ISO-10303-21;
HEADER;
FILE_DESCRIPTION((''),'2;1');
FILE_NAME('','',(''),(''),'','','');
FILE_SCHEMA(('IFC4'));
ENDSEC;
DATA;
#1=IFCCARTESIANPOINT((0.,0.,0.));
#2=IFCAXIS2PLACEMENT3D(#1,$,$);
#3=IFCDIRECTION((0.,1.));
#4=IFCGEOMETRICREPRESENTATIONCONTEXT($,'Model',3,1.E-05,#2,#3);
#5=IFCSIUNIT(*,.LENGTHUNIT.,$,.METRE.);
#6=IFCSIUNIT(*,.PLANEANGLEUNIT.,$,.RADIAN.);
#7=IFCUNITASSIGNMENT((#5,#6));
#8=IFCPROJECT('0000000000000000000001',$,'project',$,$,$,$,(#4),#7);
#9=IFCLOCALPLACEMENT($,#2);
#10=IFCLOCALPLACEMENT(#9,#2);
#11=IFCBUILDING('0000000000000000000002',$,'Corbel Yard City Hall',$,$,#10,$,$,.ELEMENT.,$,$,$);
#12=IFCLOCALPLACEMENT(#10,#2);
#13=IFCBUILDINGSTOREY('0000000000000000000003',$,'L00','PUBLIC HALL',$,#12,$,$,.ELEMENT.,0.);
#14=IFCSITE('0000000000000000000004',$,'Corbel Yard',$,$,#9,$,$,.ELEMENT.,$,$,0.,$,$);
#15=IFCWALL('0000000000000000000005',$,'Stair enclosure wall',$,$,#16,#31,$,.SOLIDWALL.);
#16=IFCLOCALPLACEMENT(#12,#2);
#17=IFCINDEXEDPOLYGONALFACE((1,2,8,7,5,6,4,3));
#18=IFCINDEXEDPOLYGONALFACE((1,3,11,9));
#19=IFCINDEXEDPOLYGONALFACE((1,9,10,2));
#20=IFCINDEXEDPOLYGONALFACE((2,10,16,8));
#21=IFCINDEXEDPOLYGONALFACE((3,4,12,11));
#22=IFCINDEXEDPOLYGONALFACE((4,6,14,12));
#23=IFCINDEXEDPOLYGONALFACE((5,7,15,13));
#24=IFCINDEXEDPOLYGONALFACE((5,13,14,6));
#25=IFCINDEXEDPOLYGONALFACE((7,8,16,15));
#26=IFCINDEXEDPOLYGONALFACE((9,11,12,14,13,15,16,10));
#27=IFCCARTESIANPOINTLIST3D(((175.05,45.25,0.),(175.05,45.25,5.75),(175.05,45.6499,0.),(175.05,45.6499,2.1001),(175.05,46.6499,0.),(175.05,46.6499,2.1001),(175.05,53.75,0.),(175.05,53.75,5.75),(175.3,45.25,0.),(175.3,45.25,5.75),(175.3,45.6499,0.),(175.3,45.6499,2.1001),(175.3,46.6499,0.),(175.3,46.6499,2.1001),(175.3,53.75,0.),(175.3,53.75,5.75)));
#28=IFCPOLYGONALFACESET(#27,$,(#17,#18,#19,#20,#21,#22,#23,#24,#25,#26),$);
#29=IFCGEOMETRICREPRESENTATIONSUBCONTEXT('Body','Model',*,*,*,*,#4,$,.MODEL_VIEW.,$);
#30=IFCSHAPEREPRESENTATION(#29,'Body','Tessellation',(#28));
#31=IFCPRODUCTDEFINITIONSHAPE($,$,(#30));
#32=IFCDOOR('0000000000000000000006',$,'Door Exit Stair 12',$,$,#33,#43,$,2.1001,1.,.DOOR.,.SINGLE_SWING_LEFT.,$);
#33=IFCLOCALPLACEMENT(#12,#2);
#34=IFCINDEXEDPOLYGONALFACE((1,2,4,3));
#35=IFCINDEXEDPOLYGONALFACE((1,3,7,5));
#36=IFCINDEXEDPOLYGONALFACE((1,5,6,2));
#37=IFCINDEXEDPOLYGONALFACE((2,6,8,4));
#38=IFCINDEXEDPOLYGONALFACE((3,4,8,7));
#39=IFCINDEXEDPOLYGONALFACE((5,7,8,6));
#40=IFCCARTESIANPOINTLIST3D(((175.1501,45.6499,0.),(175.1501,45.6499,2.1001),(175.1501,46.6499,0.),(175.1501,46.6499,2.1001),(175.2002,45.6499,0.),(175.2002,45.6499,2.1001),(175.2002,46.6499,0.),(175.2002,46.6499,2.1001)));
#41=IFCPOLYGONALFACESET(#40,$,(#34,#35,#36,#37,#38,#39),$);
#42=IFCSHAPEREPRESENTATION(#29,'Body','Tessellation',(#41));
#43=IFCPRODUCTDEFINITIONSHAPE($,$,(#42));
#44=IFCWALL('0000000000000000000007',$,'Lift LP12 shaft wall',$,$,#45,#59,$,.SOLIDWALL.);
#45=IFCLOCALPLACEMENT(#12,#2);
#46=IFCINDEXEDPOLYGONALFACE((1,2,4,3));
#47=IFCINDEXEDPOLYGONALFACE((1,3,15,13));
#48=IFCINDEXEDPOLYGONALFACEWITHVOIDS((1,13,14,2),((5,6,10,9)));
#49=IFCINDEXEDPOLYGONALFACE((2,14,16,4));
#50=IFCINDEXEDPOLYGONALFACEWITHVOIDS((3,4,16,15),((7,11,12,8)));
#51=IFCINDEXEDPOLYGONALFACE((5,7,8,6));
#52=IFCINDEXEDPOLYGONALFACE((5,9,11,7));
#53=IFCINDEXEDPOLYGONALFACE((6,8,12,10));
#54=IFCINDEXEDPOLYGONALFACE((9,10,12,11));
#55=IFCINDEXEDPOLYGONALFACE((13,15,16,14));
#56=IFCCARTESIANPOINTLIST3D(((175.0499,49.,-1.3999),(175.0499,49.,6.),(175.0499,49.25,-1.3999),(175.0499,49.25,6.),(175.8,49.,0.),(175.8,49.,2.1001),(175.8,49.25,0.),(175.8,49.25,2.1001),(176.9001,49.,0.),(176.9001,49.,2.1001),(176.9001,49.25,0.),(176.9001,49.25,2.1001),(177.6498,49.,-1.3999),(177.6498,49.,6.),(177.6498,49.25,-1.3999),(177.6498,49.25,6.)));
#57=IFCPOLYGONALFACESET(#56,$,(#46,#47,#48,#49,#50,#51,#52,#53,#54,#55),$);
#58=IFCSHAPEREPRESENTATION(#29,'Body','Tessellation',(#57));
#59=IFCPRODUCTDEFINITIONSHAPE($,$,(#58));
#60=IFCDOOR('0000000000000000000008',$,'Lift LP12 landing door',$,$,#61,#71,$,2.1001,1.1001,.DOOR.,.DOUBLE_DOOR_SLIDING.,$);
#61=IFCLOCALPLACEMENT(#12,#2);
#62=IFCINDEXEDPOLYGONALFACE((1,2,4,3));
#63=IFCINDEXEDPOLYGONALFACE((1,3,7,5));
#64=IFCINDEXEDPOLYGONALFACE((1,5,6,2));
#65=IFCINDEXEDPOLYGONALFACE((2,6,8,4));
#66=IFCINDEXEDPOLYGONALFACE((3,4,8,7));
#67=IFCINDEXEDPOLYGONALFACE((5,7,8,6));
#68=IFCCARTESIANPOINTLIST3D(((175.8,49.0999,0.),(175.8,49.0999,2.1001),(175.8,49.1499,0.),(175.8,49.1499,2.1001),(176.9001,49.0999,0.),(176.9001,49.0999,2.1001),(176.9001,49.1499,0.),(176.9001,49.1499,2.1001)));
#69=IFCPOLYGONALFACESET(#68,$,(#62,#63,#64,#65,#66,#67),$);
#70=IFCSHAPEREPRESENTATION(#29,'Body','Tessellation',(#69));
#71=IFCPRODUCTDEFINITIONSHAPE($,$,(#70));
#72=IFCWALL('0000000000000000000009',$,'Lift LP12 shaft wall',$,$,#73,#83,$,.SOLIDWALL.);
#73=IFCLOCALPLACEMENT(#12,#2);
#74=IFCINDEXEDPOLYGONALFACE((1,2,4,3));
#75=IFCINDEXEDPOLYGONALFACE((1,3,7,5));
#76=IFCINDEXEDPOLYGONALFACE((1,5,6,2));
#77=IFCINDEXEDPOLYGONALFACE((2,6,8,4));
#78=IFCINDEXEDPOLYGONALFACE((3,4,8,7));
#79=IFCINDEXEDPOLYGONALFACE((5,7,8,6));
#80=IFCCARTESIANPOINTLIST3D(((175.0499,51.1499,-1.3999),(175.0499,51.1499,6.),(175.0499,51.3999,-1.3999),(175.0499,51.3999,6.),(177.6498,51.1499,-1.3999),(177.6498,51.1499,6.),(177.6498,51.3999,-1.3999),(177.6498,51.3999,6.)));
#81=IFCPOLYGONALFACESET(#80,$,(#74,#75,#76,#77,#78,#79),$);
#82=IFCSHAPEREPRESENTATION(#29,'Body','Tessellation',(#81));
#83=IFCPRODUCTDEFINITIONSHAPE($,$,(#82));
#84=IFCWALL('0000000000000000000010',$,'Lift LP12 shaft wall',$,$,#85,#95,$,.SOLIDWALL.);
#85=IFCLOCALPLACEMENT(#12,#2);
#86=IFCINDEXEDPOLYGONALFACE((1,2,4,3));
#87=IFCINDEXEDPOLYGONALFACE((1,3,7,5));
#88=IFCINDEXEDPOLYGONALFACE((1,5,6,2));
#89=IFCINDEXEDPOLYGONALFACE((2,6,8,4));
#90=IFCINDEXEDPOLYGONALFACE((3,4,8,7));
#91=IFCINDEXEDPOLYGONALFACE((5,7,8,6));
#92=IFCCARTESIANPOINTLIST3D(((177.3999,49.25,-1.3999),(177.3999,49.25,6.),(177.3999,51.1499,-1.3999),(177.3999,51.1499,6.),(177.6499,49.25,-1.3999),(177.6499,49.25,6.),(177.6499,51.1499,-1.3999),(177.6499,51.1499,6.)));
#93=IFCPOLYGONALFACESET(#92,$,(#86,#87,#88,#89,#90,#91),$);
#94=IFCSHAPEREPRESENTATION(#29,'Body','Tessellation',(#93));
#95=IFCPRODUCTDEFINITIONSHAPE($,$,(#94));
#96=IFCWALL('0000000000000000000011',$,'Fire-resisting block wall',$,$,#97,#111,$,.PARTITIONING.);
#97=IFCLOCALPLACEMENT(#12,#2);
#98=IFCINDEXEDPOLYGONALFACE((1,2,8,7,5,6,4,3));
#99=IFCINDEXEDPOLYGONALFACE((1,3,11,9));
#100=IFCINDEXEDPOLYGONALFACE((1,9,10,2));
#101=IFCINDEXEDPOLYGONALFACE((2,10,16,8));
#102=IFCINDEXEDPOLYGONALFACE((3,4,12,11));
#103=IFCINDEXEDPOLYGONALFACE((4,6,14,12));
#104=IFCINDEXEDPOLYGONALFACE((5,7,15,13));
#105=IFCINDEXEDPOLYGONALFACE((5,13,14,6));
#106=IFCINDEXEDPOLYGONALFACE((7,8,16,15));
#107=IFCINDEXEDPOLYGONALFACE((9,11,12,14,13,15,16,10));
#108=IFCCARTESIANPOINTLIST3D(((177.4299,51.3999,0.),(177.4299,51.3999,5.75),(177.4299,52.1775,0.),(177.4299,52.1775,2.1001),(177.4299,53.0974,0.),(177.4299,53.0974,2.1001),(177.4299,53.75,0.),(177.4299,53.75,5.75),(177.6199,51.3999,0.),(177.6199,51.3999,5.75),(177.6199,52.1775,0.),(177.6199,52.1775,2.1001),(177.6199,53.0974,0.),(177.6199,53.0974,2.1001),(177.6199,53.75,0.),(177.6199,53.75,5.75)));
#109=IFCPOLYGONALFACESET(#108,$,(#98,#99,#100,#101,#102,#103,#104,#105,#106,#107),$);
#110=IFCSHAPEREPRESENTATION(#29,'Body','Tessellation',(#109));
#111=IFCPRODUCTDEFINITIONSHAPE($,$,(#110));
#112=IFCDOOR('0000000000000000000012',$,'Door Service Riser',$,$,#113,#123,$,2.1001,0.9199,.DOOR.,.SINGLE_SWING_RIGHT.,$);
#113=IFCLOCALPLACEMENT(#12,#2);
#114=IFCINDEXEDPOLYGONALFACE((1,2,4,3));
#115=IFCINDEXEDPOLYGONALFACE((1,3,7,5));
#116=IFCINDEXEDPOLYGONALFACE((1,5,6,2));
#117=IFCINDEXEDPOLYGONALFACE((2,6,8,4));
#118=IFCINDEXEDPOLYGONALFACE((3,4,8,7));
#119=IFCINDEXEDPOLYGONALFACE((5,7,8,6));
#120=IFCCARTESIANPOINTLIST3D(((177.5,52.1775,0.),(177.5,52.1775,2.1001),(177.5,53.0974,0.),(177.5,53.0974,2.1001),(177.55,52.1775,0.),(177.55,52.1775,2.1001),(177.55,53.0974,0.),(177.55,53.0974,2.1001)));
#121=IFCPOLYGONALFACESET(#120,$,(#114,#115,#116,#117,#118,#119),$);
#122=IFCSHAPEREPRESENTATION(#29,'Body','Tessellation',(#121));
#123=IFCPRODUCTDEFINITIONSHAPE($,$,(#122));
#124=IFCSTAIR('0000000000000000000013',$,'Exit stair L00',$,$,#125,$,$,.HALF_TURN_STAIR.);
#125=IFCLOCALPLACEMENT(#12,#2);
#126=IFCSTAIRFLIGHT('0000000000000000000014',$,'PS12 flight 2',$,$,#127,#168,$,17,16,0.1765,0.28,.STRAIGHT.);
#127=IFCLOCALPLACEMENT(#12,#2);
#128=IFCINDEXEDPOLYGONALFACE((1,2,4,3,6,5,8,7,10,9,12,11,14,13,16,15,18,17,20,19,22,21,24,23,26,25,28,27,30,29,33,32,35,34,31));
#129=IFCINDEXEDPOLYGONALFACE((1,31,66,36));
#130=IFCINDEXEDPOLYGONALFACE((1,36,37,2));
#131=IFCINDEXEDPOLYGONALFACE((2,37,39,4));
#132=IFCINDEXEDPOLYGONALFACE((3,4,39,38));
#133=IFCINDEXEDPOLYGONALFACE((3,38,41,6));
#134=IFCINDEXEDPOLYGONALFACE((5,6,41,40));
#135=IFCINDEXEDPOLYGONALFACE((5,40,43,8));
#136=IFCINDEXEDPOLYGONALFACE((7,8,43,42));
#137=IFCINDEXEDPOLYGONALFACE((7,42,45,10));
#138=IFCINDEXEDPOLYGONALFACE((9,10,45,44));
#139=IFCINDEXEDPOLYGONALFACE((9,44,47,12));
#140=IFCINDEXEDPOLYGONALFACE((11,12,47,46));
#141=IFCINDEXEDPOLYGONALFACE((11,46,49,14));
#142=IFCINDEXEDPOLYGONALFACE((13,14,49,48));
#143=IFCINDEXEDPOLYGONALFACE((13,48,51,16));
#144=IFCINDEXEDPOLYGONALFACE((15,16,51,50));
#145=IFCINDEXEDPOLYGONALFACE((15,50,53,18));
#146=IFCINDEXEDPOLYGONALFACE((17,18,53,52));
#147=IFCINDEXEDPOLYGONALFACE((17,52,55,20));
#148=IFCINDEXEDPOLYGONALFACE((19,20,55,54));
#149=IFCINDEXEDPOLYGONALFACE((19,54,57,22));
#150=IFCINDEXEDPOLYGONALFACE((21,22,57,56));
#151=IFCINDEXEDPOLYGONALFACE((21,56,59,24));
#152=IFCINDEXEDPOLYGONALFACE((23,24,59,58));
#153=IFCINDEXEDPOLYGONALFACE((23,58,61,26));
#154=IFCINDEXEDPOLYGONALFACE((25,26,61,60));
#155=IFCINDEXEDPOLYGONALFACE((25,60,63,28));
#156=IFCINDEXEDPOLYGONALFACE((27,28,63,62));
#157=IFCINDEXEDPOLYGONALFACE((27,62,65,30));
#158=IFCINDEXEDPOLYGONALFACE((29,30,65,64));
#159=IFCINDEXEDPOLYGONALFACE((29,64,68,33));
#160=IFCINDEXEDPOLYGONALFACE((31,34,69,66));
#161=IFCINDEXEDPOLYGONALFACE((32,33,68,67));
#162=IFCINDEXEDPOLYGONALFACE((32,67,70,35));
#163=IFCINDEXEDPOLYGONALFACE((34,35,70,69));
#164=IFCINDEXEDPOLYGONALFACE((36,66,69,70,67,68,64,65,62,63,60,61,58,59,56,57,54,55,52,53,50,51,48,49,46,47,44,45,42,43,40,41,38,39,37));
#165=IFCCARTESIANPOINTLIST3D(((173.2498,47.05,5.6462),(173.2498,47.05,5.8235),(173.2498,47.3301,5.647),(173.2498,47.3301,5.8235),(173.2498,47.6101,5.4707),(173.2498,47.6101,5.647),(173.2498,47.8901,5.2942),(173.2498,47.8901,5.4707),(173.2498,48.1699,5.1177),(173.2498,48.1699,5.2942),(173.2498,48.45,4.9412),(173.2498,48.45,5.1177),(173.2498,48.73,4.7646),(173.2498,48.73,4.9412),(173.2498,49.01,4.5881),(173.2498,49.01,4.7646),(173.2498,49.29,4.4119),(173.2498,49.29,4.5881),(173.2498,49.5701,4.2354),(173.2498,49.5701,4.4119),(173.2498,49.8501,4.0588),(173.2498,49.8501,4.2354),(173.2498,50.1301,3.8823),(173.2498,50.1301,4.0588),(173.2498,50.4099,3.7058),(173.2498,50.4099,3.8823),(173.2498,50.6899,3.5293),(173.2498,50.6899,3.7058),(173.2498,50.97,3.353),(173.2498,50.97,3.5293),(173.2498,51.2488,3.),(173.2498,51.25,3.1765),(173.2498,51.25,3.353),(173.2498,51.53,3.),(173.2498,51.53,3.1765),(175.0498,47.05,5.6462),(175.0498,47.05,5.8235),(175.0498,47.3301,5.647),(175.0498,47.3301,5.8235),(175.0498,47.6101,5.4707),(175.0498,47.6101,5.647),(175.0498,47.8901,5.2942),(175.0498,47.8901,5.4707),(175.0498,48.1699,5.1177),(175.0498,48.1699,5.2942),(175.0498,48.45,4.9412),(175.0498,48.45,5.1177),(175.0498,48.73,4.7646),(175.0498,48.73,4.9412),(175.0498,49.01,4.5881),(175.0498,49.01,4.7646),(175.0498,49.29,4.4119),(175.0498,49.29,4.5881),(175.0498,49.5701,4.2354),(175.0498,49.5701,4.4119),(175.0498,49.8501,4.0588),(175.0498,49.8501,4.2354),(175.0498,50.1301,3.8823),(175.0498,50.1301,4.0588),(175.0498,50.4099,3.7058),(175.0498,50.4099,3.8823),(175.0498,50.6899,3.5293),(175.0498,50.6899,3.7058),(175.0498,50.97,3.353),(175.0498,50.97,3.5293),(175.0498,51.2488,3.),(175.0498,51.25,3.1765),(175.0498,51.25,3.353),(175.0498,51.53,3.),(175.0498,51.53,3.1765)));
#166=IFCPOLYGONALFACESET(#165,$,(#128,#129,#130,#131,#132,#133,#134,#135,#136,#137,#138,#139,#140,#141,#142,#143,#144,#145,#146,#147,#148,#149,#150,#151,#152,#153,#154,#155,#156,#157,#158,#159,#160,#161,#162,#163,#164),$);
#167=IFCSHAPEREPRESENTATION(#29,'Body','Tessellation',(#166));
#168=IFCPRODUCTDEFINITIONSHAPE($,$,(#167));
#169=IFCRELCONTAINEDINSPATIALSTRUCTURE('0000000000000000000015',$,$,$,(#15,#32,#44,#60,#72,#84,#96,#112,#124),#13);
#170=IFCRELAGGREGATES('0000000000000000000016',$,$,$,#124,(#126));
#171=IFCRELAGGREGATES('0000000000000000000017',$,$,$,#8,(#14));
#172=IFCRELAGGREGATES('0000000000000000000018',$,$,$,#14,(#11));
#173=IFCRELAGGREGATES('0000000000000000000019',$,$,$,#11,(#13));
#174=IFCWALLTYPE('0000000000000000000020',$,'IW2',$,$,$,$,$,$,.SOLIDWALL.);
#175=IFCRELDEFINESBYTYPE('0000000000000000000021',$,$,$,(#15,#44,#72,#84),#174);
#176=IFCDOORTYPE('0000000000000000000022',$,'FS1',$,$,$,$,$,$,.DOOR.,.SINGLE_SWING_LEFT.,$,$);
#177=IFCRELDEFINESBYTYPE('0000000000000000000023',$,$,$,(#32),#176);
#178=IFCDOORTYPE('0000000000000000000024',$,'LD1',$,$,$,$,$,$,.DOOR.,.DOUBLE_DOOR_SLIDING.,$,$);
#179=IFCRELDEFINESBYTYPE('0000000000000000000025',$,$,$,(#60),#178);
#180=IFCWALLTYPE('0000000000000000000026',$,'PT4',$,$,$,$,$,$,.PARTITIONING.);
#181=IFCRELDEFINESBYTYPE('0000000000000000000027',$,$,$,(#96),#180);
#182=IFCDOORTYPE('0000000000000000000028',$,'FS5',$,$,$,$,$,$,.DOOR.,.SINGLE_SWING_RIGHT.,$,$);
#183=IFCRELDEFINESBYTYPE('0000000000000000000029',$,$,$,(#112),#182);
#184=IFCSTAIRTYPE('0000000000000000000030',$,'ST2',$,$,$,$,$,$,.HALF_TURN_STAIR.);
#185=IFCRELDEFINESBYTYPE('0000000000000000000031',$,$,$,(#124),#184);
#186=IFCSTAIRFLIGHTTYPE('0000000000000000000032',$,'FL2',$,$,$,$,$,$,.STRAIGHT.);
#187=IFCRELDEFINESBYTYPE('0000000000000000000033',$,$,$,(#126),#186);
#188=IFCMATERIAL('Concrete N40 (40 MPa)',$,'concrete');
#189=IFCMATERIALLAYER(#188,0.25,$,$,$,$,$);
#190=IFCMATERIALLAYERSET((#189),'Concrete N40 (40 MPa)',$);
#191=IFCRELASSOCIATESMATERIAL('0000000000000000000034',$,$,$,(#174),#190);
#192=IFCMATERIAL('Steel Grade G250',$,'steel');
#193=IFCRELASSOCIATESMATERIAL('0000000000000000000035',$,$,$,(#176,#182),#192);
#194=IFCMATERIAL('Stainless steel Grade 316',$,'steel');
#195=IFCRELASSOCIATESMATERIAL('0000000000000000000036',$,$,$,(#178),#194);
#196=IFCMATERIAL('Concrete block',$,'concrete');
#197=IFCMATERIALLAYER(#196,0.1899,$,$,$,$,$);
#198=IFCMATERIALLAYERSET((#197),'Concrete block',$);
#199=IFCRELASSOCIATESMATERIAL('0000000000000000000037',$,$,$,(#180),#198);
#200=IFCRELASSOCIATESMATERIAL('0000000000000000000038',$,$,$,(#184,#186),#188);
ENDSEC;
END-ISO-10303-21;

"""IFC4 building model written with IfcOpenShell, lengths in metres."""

from ifc_helpers import new_model, si_unit, direction, frame, frame_2d, origin, place, context, subcontext, project, spatial, polyline, rectangle, outline, extrude, material, layer, layer_set, type_object, element, fill, aggregate, save


model = new_model("IFC4")

# Units and contexts
model_context = context("Model", 3, precision=1e-05, world=origin(), true_north=direction((0.0, 1.0)))
body_context = subcontext(model_context, "Body", "Model", "MODEL_VIEW")
ifc_project = project(units=[si_unit("LENGTHUNIT", "METRE"), si_unit("PLANEANGLEUNIT", "RADIAN")], contexts=[model_context])

# Site, building, storey
site_placement = place(None, origin())
site = spatial("IfcSite", under=ifc_project, at=site_placement, Name="Corbel Yard", CompositionType="ELEMENT", RefElevation=0.0)
building_placement = place(site_placement, origin())
building = spatial("IfcBuilding", under=site, at=building_placement, Name="Corbel Yard City Hall", CompositionType="ELEMENT")
storey_placement = place(building_placement, origin())
storey = spatial("IfcBuildingStorey", under=building, at=storey_placement, Name="L00", Description="PUBLIC HALL", CompositionType="ELEMENT", Elevation=0.0)

# Shared definitions
ifc_material_1 = material(Name="Concrete N40 (40 MPa)", Category="concrete")

# Walls, openings, doors
ifc_layer_1 = layer(ifc_material_1, 0.25)
ifc_layer_set_1 = layer_set([ifc_layer_1], Name="Concrete N40 (40 MPa)")
wall_type_1 = type_object("IfcWallType", Name="IW2", PredefinedType="SOLIDWALL", material=ifc_layer_set_1)
wall_1_placement = place(storey_placement, frame((175.175, 45.25, 0.0), z_axis=(0.0, 0.0, 1.0), x_axis=(0.0, 1.0, 0.0)))
wall_1 = element("IfcWall", 1, at=wall_1_placement, inside=storey, type_object=wall_type_1, Name="Stair enclosure wall", PredefinedType="SOLIDWALL", context=body_context, shape_type="SweptSolid", body=[
    extrude(rectangle(XDim=8.5, YDim=0.25, at=frame_2d((4.25, 0.0))), origin(), (0.0, 0.0, 1.0), 5.75),
])
opening_1_placement = place(wall_1_placement, frame((0.3999, 0.0, 0.0)))
opening_1 = element("IfcOpeningElement", 2, at=opening_1_placement, cuts=wall_1, PredefinedType="OPENING", context=body_context, shape_type="SweptSolid", body=[
    extrude(rectangle(XDim=1.0, YDim=2.1001, at=frame_2d((0.5, 1.05))), frame((0.0, 0.135, 0.0), z_axis=(0.0, -1.0, 0.0), x_axis=(1.0, 0.0, 0.0)), (0.0, 0.0, 1.0), 0.27),
])
ifc_material_2 = material(Name="Steel Grade G250", Category="steel")
door_type_1 = type_object("IfcDoorType", Name="FS1", OperationType="SINGLE_SWING_LEFT", PredefinedType="DOOR", material=ifc_material_2)
door_1_placement = place(opening_1_placement, origin())
door_1 = element("IfcDoor", 3, at=door_1_placement, inside=storey, type_object=door_type_1, Name="Door Exit Stair 12", OperationType="SINGLE_SWING_LEFT", OverallHeight=2.1001, OverallWidth=1.0, PredefinedType="DOOR", context=body_context, shape_type="SweptSolid", body=[
    extrude(rectangle(XDim=1.0, YDim=2.1001, at=frame_2d((0.5, 1.05))), frame((0.0, 0.0249, 0.0), z_axis=(0.0, -1.0, 0.0), x_axis=(1.0, 0.0, 0.0)), (0.0, 0.0, 1.0), 0.05),
])
fill(opening_1, door_1)
wall_2_placement = place(storey_placement, frame((175.05, 49.125, -1.3999), z_axis=(0.0, 0.0, 1.0), x_axis=(1.0, 0.0, 0.0)))
wall_2 = element("IfcWall", 4, at=wall_2_placement, inside=storey, type_object=wall_type_1, Name="Lift LP12 shaft wall", PredefinedType="SOLIDWALL", context=body_context, shape_type="SweptSolid", body=[
    extrude(rectangle(XDim=2.5999, YDim=0.25, at=frame_2d((1.2998, 0.0))), origin(), (0.0, 0.0, 1.0), 7.3999),
])
opening_2_placement = place(wall_2_placement, frame((0.75, 0.0, 1.3999)))
opening_2 = element("IfcOpeningElement", 5, at=opening_2_placement, cuts=wall_2, PredefinedType="OPENING", context=body_context, shape_type="SweptSolid", body=[
    extrude(rectangle(XDim=1.1001, YDim=2.1001, at=frame_2d((0.55, 1.05))), frame((0.0, 0.135, 0.0), z_axis=(0.0, -1.0, 0.0), x_axis=(1.0, 0.0, 0.0)), (0.0, 0.0, 1.0), 0.27),
])
ifc_material_3 = material(Name="Stainless steel Grade 316", Category="steel")
door_type_2 = type_object("IfcDoorType", Name="LD1", OperationType="DOUBLE_DOOR_SLIDING", PredefinedType="DOOR", material=ifc_material_3)
door_2_placement = place(opening_2_placement, origin())
door_2 = element("IfcDoor", 6, at=door_2_placement, inside=storey, type_object=door_type_2, Name="Lift LP12 landing door", OperationType="DOUBLE_DOOR_SLIDING", OverallHeight=2.1001, OverallWidth=1.1001, PredefinedType="DOOR", context=body_context, shape_type="SweptSolid", body=[
    extrude(rectangle(XDim=1.1001, YDim=2.1001, at=frame_2d((0.55, 1.05))), frame((0.0, 0.0249, 0.0), z_axis=(0.0, -1.0, 0.0), x_axis=(1.0, 0.0, 0.0)), (0.0, 0.0, 1.0), 0.05),
])
fill(opening_2, door_2)

# Walls
wall_3_placement = place(storey_placement, frame((175.05, 51.2749, -1.3999), z_axis=(0.0, 0.0, 1.0), x_axis=(1.0, 0.0, 0.0)))
element("IfcWall", 7, at=wall_3_placement, inside=storey, type_object=wall_type_1, Name="Lift LP12 shaft wall", PredefinedType="SOLIDWALL", context=body_context, shape_type="SweptSolid", body=[
    extrude(rectangle(XDim=2.5999, YDim=0.25, at=frame_2d((1.2998, 0.0))), origin(), (0.0, 0.0, 1.0), 7.3999),
])
wall_4_placement = place(storey_placement, frame((177.5249, 49.25, -1.3999), z_axis=(0.0, 0.0, 1.0), x_axis=(0.0, 1.0, 0.0)))
element("IfcWall", 8, at=wall_4_placement, inside=storey, type_object=wall_type_1, Name="Lift LP12 shaft wall", PredefinedType="SOLIDWALL", context=body_context, shape_type="SweptSolid", body=[
    extrude(rectangle(XDim=1.8999, YDim=0.25, at=frame_2d((0.95, 0.0))), origin(), (0.0, 0.0, 1.0), 7.3999),
])

# Wall, opening, door
ifc_material_4 = material(Name="Concrete block", Category="concrete")
ifc_layer_2 = layer(ifc_material_4, 0.1899)
ifc_layer_set_2 = layer_set([ifc_layer_2], Name="Concrete block")
wall_type_2 = type_object("IfcWallType", Name="PT4", PredefinedType="PARTITIONING", material=ifc_layer_set_2)
wall_5_placement = place(storey_placement, frame((177.5249, 51.3999, 0.0), z_axis=(0.0, 0.0, 1.0), x_axis=(0.0, 1.0, 0.0)))
wall_5 = element("IfcWall", 9, at=wall_5_placement, inside=storey, type_object=wall_type_2, Name="Fire-resisting block wall", PredefinedType="PARTITIONING", context=body_context, shape_type="SweptSolid", body=[
    extrude(rectangle(XDim=2.3501, YDim=0.1899, at=frame_2d((1.175, 0.0))), origin(), (0.0, 0.0, 1.0), 5.75),
])
opening_3_placement = place(wall_5_placement, frame((0.7776, 0.0, 0.0)))
opening_3 = element("IfcOpeningElement", 10, at=opening_3_placement, cuts=wall_5, PredefinedType="OPENING", context=body_context, shape_type="SweptSolid", body=[
    extrude(rectangle(XDim=0.9199, YDim=2.1001, at=frame_2d((0.46, 1.05))), frame((0.0, 0.105, 0.0), z_axis=(0.0, -1.0, 0.0), x_axis=(1.0, 0.0, 0.0)), (0.0, 0.0, 1.0), 0.21),
])
door_type_3 = type_object("IfcDoorType", Name="FS5", OperationType="SINGLE_SWING_RIGHT", PredefinedType="DOOR", material=ifc_material_2)
door_3_placement = place(opening_3_placement, origin())
door_3 = element("IfcDoor", 11, at=door_3_placement, inside=storey, type_object=door_type_3, Name="Door Service Riser", OperationType="SINGLE_SWING_RIGHT", OverallHeight=2.1001, OverallWidth=0.9199, PredefinedType="DOOR", context=body_context, shape_type="SweptSolid", body=[
    extrude(rectangle(XDim=0.9199, YDim=2.1001, at=frame_2d((0.46, 1.05))), frame((0.0, 0.0249, 0.0), z_axis=(0.0, -1.0, 0.0), x_axis=(1.0, 0.0, 0.0)), (0.0, 0.0, 1.0), 0.05),
])
fill(opening_3, door_3)

# Stair, stair flight
stair_type = type_object("IfcStairType", Name="ST2", PredefinedType="HALF_TURN_STAIR", material=ifc_material_1)
stair_placement = place(storey_placement, origin())
stair = element("IfcStair", 12, at=stair_placement, inside=storey, type_object=stair_type, Name="Exit stair L00", PredefinedType="HALF_TURN_STAIR")
stair_flight_type = type_object("IfcStairFlightType", Name="FL2", PredefinedType="STRAIGHT", material=ifc_material_1)
stair_flight_placement = place(storey_placement, frame((174.1499, 51.53, 3.0), z_axis=(0.0, 0.0, 1.0), x_axis=(0.0, -1.0, 0.0)))
stair_flight = element("IfcStairFlight", 13, at=stair_flight_placement, type_object=stair_flight_type, Name="PS12 flight 2", NumberOfRisers=17, NumberOfTreads=16, PredefinedType="STRAIGHT", RiserHeight=0.1765, TreadLength=0.28, context=body_context, shape_type="SweptSolid", body=[
    extrude(outline(polyline([(0.0, 0.0), (0.0, 0.1765), (0.28, 0.1765), (0.28, 0.353), (0.5601, 0.353), (0.5601, 0.5293), (0.8401, 0.5293), (0.8401, 0.7058), (1.1201, 0.7058), (1.1201, 0.8823), (1.3999, 0.8823), (1.3999, 1.0588), (1.6799, 1.0588), (1.6799, 1.2354), (1.96, 1.2354), (1.96, 1.4119), (2.24, 1.4119), (2.24, 1.5881), (2.52, 1.5881), (2.52, 1.7646), (2.8, 1.7646), (2.8, 1.9412), (3.0801, 1.9412), (3.0801, 2.1177), (3.3601, 2.1177), (3.3601, 2.2942), (3.6399, 2.2942), (3.6399, 2.4707), (3.9199, 2.4707), (3.9199, 2.647), (4.2, 2.647), (4.2, 2.8235), (4.48, 2.8235), (4.48, 3.0), (4.48, 2.6462), (0.2812, 0.0), (0.0, 0.0)])), frame((0.0, 0.8999, 0.0), z_axis=(0.0, -1.0, 0.0), x_axis=(1.0, 0.0, 0.0)), (0.0, 0.0, 1.0), 1.8),
])
aggregate(stair, [stair_flight])

save(model, "model.ifc")
